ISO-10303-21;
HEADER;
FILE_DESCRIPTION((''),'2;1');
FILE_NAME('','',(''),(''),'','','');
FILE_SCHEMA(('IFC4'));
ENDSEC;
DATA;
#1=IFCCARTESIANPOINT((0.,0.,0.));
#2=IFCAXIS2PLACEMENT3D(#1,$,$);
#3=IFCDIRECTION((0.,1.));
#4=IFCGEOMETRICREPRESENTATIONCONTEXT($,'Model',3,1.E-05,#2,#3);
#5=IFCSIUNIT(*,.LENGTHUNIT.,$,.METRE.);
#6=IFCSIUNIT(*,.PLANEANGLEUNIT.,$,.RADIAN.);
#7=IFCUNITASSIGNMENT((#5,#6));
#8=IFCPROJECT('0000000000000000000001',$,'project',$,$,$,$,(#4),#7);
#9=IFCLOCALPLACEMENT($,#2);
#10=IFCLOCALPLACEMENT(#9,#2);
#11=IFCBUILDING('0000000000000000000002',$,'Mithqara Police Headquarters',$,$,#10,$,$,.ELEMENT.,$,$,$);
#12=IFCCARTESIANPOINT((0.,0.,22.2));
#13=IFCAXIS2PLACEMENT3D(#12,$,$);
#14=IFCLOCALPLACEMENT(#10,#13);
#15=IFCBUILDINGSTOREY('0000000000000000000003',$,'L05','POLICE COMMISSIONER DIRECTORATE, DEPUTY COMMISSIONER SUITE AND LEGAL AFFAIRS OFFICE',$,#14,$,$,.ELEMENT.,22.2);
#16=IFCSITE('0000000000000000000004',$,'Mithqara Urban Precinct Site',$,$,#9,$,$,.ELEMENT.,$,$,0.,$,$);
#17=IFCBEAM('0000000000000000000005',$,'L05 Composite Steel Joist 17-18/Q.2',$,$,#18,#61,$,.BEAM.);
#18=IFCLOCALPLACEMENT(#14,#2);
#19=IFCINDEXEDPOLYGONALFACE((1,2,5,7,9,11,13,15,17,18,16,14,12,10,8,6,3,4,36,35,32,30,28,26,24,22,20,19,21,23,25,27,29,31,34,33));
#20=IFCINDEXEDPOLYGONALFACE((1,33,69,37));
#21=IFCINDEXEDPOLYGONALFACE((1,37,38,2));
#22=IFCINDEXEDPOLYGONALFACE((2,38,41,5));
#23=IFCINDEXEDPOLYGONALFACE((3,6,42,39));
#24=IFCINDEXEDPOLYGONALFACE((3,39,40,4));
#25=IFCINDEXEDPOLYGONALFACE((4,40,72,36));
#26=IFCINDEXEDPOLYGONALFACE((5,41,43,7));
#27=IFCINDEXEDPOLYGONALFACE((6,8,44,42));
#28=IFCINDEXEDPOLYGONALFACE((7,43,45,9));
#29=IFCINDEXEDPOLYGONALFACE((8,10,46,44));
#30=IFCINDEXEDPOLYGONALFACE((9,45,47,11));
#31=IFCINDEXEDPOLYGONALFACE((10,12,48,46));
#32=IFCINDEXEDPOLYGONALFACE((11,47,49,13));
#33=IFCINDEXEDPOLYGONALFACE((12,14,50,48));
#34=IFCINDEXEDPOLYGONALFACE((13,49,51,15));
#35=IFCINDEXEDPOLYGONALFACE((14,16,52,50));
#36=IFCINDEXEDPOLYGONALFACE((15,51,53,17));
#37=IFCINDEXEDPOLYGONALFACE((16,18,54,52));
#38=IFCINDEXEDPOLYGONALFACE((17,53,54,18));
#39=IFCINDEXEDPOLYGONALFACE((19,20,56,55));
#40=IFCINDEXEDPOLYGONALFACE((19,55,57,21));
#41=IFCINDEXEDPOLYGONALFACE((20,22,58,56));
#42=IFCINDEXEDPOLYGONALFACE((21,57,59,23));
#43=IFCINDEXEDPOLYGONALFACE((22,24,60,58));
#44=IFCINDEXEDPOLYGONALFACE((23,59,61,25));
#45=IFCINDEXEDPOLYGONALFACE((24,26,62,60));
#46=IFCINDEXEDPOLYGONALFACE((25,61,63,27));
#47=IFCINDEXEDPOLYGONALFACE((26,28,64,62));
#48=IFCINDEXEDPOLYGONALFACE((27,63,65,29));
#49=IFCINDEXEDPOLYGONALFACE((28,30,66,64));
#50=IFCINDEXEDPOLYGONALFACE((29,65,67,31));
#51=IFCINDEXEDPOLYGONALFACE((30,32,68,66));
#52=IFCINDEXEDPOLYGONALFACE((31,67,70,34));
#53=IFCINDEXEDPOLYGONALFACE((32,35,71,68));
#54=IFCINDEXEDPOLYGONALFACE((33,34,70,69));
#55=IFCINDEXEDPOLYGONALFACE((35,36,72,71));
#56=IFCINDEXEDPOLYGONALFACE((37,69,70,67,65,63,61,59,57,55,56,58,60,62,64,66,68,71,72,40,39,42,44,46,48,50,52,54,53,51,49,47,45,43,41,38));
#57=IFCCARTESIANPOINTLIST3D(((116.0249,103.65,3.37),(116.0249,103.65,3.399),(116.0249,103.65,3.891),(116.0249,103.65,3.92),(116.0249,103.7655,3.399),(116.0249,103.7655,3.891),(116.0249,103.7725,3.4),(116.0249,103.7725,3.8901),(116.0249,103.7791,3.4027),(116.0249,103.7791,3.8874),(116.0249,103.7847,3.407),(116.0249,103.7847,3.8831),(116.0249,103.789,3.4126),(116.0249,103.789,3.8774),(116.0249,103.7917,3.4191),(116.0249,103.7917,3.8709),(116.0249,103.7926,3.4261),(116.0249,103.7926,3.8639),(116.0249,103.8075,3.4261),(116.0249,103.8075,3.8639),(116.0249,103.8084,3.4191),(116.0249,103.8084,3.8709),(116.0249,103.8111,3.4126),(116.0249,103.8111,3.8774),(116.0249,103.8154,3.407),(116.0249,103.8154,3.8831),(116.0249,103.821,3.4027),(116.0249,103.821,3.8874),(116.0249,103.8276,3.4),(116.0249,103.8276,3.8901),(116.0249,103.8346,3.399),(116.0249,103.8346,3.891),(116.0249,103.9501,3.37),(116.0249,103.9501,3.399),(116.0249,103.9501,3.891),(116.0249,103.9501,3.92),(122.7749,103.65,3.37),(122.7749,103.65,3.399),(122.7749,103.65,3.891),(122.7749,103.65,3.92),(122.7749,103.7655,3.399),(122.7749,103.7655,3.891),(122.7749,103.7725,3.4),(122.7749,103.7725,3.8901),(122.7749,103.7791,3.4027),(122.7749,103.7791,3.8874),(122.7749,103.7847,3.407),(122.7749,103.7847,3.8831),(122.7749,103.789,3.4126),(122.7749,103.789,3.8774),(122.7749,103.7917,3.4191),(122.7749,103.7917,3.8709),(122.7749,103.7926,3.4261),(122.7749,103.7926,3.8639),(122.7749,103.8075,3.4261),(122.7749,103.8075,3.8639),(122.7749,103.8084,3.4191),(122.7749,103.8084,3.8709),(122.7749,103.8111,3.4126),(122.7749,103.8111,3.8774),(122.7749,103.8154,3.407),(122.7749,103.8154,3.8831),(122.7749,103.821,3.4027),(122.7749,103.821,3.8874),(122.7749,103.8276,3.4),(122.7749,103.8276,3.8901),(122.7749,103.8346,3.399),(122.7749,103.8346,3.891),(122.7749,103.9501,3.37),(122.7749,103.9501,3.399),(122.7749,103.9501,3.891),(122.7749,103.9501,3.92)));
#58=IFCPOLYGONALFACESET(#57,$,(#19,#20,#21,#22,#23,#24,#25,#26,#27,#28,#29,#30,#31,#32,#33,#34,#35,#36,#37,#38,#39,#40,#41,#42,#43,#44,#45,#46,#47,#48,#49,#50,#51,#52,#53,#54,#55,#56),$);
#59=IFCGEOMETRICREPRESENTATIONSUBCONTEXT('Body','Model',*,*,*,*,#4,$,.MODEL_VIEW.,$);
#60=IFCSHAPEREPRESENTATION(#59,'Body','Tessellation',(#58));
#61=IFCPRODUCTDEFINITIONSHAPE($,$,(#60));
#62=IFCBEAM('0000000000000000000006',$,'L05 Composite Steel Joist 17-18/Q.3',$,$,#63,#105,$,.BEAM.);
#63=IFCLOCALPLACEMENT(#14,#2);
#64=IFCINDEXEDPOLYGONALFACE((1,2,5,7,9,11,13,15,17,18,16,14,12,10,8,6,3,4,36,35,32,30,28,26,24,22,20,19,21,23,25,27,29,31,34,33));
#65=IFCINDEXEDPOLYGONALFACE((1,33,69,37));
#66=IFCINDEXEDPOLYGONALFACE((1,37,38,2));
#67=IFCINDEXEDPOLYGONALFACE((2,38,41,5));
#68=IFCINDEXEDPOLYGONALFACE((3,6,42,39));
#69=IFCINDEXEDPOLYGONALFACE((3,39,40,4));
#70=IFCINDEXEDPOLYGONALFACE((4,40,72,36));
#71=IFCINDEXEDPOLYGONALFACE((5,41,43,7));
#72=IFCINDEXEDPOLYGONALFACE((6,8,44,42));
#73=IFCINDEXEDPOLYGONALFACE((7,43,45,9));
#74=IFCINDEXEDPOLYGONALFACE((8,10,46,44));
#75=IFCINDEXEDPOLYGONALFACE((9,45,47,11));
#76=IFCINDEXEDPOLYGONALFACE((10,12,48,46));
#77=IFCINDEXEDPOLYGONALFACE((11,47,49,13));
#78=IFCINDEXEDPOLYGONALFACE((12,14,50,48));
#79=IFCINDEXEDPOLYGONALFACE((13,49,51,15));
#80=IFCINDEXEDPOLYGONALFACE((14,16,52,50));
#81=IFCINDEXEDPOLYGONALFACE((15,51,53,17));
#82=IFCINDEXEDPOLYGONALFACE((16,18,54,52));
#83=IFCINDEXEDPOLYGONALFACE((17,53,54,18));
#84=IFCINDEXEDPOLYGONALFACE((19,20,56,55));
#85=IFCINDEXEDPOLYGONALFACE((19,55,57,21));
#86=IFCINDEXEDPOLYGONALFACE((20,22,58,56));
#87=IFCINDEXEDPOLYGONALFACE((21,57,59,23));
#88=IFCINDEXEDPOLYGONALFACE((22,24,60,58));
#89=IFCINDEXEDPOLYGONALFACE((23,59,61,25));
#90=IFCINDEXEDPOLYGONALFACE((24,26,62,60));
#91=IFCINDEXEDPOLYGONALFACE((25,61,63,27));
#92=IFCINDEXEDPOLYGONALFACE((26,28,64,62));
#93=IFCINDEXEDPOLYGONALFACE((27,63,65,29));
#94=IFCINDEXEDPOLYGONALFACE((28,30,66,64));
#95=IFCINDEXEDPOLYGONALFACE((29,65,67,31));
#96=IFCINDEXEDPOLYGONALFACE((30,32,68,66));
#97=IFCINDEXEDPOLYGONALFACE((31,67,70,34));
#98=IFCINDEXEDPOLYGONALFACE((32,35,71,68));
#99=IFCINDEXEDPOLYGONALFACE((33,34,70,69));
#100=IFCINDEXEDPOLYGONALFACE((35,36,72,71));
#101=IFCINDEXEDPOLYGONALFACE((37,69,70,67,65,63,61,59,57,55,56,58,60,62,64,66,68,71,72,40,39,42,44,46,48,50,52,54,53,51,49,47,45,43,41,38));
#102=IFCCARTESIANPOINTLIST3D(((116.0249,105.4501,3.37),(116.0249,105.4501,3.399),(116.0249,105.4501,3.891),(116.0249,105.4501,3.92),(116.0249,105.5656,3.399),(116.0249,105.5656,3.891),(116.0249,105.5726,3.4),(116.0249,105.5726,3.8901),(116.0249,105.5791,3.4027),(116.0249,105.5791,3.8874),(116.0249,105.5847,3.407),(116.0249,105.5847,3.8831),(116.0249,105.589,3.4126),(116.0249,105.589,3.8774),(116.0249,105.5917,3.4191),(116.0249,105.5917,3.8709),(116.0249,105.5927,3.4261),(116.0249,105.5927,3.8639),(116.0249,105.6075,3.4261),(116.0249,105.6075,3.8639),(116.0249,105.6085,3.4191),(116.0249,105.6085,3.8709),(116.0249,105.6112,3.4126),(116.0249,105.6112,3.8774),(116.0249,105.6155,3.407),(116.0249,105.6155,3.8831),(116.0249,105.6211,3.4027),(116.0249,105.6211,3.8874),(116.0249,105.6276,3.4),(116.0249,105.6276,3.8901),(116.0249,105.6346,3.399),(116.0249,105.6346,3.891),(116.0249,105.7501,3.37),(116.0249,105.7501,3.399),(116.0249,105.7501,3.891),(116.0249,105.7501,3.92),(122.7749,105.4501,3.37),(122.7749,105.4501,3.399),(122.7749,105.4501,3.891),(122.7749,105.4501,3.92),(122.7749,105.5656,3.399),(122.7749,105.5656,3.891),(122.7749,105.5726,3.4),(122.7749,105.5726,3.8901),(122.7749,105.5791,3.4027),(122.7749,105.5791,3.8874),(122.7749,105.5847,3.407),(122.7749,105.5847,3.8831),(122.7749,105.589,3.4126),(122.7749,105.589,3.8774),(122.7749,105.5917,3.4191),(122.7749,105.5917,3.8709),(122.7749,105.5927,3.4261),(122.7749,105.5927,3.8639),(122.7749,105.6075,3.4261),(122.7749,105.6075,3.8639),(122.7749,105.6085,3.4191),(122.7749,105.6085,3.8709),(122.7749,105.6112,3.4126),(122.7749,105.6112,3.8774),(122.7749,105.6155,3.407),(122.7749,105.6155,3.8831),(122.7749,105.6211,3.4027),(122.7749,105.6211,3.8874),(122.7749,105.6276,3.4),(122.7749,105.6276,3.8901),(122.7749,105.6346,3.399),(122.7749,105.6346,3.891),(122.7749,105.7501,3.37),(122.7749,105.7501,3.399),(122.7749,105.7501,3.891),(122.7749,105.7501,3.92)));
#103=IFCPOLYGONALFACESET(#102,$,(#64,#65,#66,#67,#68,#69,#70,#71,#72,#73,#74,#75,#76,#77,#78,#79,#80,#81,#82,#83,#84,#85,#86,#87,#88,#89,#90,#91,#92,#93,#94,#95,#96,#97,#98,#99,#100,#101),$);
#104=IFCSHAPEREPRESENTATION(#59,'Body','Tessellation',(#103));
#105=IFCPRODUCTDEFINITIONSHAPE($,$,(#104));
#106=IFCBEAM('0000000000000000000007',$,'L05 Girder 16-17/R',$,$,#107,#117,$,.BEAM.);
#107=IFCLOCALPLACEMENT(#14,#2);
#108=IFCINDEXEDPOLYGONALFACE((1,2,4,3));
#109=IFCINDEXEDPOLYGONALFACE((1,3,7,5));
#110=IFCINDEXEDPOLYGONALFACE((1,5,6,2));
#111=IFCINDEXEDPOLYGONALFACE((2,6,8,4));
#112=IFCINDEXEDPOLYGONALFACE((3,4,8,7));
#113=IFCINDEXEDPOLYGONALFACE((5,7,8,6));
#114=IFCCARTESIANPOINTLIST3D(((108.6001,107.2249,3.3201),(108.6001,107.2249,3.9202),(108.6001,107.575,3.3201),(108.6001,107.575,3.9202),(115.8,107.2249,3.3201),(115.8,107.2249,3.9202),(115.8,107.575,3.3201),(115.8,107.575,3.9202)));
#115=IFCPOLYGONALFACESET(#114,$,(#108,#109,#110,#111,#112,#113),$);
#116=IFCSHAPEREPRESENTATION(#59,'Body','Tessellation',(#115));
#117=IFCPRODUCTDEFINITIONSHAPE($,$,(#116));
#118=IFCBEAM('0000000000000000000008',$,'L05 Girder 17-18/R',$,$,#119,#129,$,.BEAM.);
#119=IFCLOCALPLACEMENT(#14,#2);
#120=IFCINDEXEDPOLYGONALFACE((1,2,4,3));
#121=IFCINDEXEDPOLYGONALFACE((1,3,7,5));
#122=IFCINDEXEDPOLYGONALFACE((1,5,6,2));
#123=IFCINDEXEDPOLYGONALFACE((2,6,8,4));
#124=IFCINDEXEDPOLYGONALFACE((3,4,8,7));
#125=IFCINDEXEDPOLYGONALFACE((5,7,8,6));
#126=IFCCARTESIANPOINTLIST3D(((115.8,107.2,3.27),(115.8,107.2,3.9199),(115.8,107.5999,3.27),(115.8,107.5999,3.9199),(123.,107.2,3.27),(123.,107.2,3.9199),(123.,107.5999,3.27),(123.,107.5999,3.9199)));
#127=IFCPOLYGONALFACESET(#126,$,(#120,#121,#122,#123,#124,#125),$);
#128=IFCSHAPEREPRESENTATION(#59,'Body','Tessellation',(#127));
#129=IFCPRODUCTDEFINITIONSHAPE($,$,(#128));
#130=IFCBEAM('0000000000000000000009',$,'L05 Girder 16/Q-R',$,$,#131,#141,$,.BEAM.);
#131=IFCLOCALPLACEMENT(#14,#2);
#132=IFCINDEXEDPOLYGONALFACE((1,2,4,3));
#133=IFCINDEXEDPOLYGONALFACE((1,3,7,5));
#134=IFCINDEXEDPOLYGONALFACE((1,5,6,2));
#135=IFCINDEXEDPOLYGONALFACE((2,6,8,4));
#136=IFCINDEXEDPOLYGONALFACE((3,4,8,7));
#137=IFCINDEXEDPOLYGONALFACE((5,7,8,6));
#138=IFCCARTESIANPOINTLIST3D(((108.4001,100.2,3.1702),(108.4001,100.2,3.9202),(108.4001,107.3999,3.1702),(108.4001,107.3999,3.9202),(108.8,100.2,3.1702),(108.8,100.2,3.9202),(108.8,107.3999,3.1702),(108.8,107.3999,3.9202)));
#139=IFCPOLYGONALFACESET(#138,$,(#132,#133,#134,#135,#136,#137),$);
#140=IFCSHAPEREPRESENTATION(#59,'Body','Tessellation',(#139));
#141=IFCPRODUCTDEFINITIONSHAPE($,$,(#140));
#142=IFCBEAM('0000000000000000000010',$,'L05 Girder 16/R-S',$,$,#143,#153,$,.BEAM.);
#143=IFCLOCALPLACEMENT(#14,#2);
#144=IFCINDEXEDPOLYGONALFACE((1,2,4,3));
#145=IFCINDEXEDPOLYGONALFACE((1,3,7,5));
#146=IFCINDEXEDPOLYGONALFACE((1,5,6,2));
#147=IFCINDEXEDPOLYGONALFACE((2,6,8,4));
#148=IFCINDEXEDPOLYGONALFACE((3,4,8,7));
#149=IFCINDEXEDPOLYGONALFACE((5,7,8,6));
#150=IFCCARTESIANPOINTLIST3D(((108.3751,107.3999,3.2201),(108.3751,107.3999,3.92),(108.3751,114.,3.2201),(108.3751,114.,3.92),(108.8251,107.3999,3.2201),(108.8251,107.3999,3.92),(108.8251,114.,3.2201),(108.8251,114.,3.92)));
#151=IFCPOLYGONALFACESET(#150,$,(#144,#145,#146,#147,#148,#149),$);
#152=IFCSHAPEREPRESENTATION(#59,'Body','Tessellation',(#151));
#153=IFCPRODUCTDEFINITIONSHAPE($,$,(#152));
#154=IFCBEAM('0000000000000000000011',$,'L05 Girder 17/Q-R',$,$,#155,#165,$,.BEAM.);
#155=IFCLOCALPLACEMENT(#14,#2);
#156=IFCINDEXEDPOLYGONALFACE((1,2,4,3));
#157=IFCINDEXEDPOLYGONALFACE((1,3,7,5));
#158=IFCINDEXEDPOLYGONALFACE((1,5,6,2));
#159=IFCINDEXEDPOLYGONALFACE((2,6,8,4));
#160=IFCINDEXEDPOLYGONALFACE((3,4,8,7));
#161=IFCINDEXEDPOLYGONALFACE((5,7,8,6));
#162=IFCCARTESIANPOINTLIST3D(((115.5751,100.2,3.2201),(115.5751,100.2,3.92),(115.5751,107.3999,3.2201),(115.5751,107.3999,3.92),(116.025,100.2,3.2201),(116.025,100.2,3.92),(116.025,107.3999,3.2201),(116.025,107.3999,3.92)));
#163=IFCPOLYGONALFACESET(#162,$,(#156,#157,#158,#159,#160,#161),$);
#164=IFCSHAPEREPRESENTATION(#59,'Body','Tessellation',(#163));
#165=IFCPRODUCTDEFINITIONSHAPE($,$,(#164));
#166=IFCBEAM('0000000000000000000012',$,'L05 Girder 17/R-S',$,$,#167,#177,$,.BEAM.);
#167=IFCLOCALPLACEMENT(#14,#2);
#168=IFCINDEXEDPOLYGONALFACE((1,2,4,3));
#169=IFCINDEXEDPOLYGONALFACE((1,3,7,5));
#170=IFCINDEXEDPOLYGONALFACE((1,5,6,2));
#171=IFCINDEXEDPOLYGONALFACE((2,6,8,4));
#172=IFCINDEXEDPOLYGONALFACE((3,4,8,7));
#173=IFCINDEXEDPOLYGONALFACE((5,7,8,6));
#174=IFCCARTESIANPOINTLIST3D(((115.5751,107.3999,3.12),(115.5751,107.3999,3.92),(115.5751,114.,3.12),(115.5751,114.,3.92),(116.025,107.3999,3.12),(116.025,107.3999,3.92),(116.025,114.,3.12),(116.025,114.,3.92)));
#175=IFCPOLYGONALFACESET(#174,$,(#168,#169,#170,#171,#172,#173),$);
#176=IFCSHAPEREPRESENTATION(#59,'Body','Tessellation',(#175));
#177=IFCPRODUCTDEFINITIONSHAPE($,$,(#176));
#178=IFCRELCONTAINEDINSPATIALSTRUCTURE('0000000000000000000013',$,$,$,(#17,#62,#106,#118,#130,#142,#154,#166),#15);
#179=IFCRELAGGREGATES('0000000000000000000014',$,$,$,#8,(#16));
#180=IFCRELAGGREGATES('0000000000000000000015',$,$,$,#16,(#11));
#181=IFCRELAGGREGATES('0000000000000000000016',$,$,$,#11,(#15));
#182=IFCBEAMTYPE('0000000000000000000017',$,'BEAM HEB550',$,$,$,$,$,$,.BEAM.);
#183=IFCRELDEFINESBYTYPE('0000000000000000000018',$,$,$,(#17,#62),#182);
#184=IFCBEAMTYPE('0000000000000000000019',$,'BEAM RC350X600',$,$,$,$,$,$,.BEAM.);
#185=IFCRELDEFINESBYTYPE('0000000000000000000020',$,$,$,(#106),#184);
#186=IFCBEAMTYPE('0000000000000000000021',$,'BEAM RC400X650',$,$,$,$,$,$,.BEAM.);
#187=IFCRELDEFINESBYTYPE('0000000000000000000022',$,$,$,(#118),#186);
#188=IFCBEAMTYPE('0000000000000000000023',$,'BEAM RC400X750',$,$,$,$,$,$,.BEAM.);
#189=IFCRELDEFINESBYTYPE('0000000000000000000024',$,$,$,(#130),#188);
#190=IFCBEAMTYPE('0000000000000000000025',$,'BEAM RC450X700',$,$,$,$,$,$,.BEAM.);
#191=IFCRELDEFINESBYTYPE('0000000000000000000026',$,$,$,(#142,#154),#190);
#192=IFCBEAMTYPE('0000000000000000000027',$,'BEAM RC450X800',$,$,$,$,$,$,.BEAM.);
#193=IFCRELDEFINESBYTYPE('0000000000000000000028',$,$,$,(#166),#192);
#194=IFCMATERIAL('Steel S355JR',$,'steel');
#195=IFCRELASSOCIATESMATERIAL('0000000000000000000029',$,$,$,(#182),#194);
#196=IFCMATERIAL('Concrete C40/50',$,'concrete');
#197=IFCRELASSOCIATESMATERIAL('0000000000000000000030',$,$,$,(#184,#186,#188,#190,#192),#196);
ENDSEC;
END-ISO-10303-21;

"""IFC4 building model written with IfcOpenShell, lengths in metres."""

from ifc_helpers import new_model, si_unit, direction, frame, origin, origin_2d, place, context, subcontext, project, spatial, rectangle, i_section, extrude, material, material_profile, profile_set, type_object, element, save


model = new_model("IFC4")

# Units and contexts
model_context = context("Model", 3, precision=1e-05, world=origin(), true_north=direction((0.0, 1.0)))
body_context = subcontext(model_context, "Body", "Model", "MODEL_VIEW")
ifc_project = project(units=[si_unit("LENGTHUNIT", "METRE"), si_unit("PLANEANGLEUNIT", "RADIAN")], contexts=[model_context])

# Site, building, storey
site_placement = place(None, origin())
site = spatial("IfcSite", under=ifc_project, at=site_placement, Name="Mithqara Urban Precinct Site", CompositionType="ELEMENT", RefElevation=0.0)
building_placement = place(site_placement, origin())
building = spatial("IfcBuilding", under=site, at=building_placement, Name="Mithqara Police Headquarters", CompositionType="ELEMENT")
storey_placement = place(building_placement, frame((0.0, 0.0, 22.2)))
storey = spatial("IfcBuildingStorey", under=building, at=storey_placement, Name="L05", Description="POLICE COMMISSIONER DIRECTORATE, DEPUTY COMMISSIONER SUITE AND LEGAL AFFAIRS OFFICE", CompositionType="ELEMENT", Elevation=22.2)

# Beams
ifc_material_1 = material(Name="Steel S355JR", Category="steel")
ifc_material_profile_1 = material_profile(ifc_material_1, i_section(OverallWidth=0.3, OverallDepth=0.55, WebThickness=0.0149, FlangeThickness=0.0291, FilletRadius=0.0271, at=origin_2d()), Name="HEB 550")
ifc_profile_set_1 = profile_set([ifc_material_profile_1], Name="Steel S355JR")
beam_type_1 = type_object("IfcBeamType", Name="BEAM HEB550", PredefinedType="BEAM", material=ifc_profile_set_1)
for number, where, z_axis, x_axis, name in (
    (1, (116.0249, 103.8, 3.645), (1.0, 0.0, 0.0), (0.0, 1.0, 0.0), "L05 Composite Steel Joist 17-18/Q.2"),
    (2, (116.0249, 105.6001, 3.645), (1.0, 0.0, 0.0), (0.0, 1.0, 0.0), "L05 Composite Steel Joist 17-18/Q.3"),
):
    element("IfcBeam", number, at=place(storey_placement, frame(where, z_axis=z_axis, x_axis=x_axis)), inside=storey, type_object=beam_type_1, Name=name, PredefinedType="BEAM", context=body_context, shape_type="SweptSolid", body=[
        extrude(i_section(OverallWidth=0.3, OverallDepth=0.55, WebThickness=0.0149, FlangeThickness=0.0291, FilletRadius=0.0271, at=origin_2d()), origin(), (0.0, 0.0, 1.0), 6.75),
    ])
ifc_material_2 = material(Name="Concrete C40/50", Category="concrete")
ifc_material_profile_2 = material_profile(ifc_material_2, rectangle(XDim=0.3501, YDim=0.6001, at=origin_2d()), Name="RC 350x600")
ifc_profile_set_2 = profile_set([ifc_material_profile_2], Name="Concrete C40/50")
beam_type_2 = type_object("IfcBeamType", Name="BEAM RC350X600", PredefinedType="BEAM", material=ifc_profile_set_2)
beam_1_placement = place(storey_placement, frame((108.6001, 107.3999, 3.6201), z_axis=(1.0, 0.0, 0.0), x_axis=(0.0, 1.0, 0.0)))
element("IfcBeam", 3, at=beam_1_placement, inside=storey, type_object=beam_type_2, Name="L05 Girder 16-17/R", PredefinedType="BEAM", context=body_context, shape_type="SweptSolid", body=[
    extrude(rectangle(XDim=0.3501, YDim=0.6001, at=origin_2d()), origin(), (0.0, 0.0, 1.0), 7.2),
])
ifc_material_profile_3 = material_profile(ifc_material_2, rectangle(XDim=0.3999, YDim=0.6499, at=origin_2d()), Name="RC 400x650")
ifc_profile_set_3 = profile_set([ifc_material_profile_3], Name="Concrete C40/50")
beam_type_3 = type_object("IfcBeamType", Name="BEAM RC400X650", PredefinedType="BEAM", material=ifc_profile_set_3)
beam_2_placement = place(storey_placement, frame((115.8, 107.3999, 3.595), z_axis=(1.0, 0.0, 0.0), x_axis=(0.0, 1.0, 0.0)))
element("IfcBeam", 4, at=beam_2_placement, inside=storey, type_object=beam_type_3, Name="L05 Girder 17-18/R", PredefinedType="BEAM", context=body_context, shape_type="SweptSolid", body=[
    extrude(rectangle(XDim=0.3999, YDim=0.6499, at=origin_2d()), origin(), (0.0, 0.0, 1.0), 7.2),
])
ifc_material_profile_4 = material_profile(ifc_material_2, rectangle(XDim=0.3999, YDim=0.75, at=origin_2d()), Name="RC 400x750")
ifc_profile_set_4 = profile_set([ifc_material_profile_4], Name="Concrete C40/50")
beam_type_4 = type_object("IfcBeamType", Name="BEAM RC400X750", PredefinedType="BEAM", material=ifc_profile_set_4)
beam_3_placement = place(storey_placement, frame((108.6001, 100.2, 3.5452), z_axis=(0.0, 1.0, 0.0), x_axis=(-1.0, 0.0, 0.0)))
element("IfcBeam", 5, at=beam_3_placement, inside=storey, type_object=beam_type_4, Name="L05 Girder 16/Q-R", PredefinedType="BEAM", context=body_context, shape_type="SweptSolid", body=[
    extrude(rectangle(XDim=0.3999, YDim=0.75, at=origin_2d()), origin(), (0.0, 0.0, 1.0), 7.2),
])
ifc_material_profile_5 = material_profile(ifc_material_2, rectangle(XDim=0.45, YDim=0.7, at=origin_2d()), Name="RC 450x700")
ifc_profile_set_5 = profile_set([ifc_material_profile_5], Name="Concrete C40/50")
beam_type_5 = type_object("IfcBeamType", Name="BEAM RC450X700", PredefinedType="BEAM", material=ifc_profile_set_5)
beam_4_placement = place(storey_placement, frame((108.6001, 107.3999, 3.5701), z_axis=(0.0, 1.0, 0.0), x_axis=(-1.0, 0.0, 0.0)))
element("IfcBeam", 6, at=beam_4_placement, inside=storey, type_object=beam_type_5, Name="L05 Girder 16/R-S", PredefinedType="BEAM", context=body_context, shape_type="SweptSolid", body=[
    extrude(rectangle(XDim=0.45, YDim=0.7, at=origin_2d()), origin(), (0.0, 0.0, 1.0), 6.6001),
])
beam_5_placement = place(storey_placement, frame((115.8, 100.2, 3.5701), z_axis=(0.0, 1.0, 0.0), x_axis=(-1.0, 0.0, 0.0)))
element("IfcBeam", 7, at=beam_5_placement, inside=storey, type_object=beam_type_5, Name="L05 Girder 17/Q-R", PredefinedType="BEAM", context=body_context, shape_type="SweptSolid", body=[
    extrude(rectangle(XDim=0.45, YDim=0.7, at=origin_2d()), origin(), (0.0, 0.0, 1.0), 7.2),
])
ifc_material_profile_6 = material_profile(ifc_material_2, rectangle(XDim=0.45, YDim=0.8, at=origin_2d()), Name="RC 450x800")
ifc_profile_set_6 = profile_set([ifc_material_profile_6], Name="Concrete C40/50")
beam_type_6 = type_object("IfcBeamType", Name="BEAM RC450X800", PredefinedType="BEAM", material=ifc_profile_set_6)
beam_6_placement = place(storey_placement, frame((115.8, 107.3999, 3.52), z_axis=(0.0, 1.0, 0.0), x_axis=(-1.0, 0.0, 0.0)))
element("IfcBeam", 8, at=beam_6_placement, inside=storey, type_object=beam_type_6, Name="L05 Girder 17/R-S", PredefinedType="BEAM", context=body_context, shape_type="SweptSolid", body=[
    extrude(rectangle(XDim=0.45, YDim=0.8, at=origin_2d()), origin(), (0.0, 0.0, 1.0), 6.6001),
])

save(model, "model.ifc")
